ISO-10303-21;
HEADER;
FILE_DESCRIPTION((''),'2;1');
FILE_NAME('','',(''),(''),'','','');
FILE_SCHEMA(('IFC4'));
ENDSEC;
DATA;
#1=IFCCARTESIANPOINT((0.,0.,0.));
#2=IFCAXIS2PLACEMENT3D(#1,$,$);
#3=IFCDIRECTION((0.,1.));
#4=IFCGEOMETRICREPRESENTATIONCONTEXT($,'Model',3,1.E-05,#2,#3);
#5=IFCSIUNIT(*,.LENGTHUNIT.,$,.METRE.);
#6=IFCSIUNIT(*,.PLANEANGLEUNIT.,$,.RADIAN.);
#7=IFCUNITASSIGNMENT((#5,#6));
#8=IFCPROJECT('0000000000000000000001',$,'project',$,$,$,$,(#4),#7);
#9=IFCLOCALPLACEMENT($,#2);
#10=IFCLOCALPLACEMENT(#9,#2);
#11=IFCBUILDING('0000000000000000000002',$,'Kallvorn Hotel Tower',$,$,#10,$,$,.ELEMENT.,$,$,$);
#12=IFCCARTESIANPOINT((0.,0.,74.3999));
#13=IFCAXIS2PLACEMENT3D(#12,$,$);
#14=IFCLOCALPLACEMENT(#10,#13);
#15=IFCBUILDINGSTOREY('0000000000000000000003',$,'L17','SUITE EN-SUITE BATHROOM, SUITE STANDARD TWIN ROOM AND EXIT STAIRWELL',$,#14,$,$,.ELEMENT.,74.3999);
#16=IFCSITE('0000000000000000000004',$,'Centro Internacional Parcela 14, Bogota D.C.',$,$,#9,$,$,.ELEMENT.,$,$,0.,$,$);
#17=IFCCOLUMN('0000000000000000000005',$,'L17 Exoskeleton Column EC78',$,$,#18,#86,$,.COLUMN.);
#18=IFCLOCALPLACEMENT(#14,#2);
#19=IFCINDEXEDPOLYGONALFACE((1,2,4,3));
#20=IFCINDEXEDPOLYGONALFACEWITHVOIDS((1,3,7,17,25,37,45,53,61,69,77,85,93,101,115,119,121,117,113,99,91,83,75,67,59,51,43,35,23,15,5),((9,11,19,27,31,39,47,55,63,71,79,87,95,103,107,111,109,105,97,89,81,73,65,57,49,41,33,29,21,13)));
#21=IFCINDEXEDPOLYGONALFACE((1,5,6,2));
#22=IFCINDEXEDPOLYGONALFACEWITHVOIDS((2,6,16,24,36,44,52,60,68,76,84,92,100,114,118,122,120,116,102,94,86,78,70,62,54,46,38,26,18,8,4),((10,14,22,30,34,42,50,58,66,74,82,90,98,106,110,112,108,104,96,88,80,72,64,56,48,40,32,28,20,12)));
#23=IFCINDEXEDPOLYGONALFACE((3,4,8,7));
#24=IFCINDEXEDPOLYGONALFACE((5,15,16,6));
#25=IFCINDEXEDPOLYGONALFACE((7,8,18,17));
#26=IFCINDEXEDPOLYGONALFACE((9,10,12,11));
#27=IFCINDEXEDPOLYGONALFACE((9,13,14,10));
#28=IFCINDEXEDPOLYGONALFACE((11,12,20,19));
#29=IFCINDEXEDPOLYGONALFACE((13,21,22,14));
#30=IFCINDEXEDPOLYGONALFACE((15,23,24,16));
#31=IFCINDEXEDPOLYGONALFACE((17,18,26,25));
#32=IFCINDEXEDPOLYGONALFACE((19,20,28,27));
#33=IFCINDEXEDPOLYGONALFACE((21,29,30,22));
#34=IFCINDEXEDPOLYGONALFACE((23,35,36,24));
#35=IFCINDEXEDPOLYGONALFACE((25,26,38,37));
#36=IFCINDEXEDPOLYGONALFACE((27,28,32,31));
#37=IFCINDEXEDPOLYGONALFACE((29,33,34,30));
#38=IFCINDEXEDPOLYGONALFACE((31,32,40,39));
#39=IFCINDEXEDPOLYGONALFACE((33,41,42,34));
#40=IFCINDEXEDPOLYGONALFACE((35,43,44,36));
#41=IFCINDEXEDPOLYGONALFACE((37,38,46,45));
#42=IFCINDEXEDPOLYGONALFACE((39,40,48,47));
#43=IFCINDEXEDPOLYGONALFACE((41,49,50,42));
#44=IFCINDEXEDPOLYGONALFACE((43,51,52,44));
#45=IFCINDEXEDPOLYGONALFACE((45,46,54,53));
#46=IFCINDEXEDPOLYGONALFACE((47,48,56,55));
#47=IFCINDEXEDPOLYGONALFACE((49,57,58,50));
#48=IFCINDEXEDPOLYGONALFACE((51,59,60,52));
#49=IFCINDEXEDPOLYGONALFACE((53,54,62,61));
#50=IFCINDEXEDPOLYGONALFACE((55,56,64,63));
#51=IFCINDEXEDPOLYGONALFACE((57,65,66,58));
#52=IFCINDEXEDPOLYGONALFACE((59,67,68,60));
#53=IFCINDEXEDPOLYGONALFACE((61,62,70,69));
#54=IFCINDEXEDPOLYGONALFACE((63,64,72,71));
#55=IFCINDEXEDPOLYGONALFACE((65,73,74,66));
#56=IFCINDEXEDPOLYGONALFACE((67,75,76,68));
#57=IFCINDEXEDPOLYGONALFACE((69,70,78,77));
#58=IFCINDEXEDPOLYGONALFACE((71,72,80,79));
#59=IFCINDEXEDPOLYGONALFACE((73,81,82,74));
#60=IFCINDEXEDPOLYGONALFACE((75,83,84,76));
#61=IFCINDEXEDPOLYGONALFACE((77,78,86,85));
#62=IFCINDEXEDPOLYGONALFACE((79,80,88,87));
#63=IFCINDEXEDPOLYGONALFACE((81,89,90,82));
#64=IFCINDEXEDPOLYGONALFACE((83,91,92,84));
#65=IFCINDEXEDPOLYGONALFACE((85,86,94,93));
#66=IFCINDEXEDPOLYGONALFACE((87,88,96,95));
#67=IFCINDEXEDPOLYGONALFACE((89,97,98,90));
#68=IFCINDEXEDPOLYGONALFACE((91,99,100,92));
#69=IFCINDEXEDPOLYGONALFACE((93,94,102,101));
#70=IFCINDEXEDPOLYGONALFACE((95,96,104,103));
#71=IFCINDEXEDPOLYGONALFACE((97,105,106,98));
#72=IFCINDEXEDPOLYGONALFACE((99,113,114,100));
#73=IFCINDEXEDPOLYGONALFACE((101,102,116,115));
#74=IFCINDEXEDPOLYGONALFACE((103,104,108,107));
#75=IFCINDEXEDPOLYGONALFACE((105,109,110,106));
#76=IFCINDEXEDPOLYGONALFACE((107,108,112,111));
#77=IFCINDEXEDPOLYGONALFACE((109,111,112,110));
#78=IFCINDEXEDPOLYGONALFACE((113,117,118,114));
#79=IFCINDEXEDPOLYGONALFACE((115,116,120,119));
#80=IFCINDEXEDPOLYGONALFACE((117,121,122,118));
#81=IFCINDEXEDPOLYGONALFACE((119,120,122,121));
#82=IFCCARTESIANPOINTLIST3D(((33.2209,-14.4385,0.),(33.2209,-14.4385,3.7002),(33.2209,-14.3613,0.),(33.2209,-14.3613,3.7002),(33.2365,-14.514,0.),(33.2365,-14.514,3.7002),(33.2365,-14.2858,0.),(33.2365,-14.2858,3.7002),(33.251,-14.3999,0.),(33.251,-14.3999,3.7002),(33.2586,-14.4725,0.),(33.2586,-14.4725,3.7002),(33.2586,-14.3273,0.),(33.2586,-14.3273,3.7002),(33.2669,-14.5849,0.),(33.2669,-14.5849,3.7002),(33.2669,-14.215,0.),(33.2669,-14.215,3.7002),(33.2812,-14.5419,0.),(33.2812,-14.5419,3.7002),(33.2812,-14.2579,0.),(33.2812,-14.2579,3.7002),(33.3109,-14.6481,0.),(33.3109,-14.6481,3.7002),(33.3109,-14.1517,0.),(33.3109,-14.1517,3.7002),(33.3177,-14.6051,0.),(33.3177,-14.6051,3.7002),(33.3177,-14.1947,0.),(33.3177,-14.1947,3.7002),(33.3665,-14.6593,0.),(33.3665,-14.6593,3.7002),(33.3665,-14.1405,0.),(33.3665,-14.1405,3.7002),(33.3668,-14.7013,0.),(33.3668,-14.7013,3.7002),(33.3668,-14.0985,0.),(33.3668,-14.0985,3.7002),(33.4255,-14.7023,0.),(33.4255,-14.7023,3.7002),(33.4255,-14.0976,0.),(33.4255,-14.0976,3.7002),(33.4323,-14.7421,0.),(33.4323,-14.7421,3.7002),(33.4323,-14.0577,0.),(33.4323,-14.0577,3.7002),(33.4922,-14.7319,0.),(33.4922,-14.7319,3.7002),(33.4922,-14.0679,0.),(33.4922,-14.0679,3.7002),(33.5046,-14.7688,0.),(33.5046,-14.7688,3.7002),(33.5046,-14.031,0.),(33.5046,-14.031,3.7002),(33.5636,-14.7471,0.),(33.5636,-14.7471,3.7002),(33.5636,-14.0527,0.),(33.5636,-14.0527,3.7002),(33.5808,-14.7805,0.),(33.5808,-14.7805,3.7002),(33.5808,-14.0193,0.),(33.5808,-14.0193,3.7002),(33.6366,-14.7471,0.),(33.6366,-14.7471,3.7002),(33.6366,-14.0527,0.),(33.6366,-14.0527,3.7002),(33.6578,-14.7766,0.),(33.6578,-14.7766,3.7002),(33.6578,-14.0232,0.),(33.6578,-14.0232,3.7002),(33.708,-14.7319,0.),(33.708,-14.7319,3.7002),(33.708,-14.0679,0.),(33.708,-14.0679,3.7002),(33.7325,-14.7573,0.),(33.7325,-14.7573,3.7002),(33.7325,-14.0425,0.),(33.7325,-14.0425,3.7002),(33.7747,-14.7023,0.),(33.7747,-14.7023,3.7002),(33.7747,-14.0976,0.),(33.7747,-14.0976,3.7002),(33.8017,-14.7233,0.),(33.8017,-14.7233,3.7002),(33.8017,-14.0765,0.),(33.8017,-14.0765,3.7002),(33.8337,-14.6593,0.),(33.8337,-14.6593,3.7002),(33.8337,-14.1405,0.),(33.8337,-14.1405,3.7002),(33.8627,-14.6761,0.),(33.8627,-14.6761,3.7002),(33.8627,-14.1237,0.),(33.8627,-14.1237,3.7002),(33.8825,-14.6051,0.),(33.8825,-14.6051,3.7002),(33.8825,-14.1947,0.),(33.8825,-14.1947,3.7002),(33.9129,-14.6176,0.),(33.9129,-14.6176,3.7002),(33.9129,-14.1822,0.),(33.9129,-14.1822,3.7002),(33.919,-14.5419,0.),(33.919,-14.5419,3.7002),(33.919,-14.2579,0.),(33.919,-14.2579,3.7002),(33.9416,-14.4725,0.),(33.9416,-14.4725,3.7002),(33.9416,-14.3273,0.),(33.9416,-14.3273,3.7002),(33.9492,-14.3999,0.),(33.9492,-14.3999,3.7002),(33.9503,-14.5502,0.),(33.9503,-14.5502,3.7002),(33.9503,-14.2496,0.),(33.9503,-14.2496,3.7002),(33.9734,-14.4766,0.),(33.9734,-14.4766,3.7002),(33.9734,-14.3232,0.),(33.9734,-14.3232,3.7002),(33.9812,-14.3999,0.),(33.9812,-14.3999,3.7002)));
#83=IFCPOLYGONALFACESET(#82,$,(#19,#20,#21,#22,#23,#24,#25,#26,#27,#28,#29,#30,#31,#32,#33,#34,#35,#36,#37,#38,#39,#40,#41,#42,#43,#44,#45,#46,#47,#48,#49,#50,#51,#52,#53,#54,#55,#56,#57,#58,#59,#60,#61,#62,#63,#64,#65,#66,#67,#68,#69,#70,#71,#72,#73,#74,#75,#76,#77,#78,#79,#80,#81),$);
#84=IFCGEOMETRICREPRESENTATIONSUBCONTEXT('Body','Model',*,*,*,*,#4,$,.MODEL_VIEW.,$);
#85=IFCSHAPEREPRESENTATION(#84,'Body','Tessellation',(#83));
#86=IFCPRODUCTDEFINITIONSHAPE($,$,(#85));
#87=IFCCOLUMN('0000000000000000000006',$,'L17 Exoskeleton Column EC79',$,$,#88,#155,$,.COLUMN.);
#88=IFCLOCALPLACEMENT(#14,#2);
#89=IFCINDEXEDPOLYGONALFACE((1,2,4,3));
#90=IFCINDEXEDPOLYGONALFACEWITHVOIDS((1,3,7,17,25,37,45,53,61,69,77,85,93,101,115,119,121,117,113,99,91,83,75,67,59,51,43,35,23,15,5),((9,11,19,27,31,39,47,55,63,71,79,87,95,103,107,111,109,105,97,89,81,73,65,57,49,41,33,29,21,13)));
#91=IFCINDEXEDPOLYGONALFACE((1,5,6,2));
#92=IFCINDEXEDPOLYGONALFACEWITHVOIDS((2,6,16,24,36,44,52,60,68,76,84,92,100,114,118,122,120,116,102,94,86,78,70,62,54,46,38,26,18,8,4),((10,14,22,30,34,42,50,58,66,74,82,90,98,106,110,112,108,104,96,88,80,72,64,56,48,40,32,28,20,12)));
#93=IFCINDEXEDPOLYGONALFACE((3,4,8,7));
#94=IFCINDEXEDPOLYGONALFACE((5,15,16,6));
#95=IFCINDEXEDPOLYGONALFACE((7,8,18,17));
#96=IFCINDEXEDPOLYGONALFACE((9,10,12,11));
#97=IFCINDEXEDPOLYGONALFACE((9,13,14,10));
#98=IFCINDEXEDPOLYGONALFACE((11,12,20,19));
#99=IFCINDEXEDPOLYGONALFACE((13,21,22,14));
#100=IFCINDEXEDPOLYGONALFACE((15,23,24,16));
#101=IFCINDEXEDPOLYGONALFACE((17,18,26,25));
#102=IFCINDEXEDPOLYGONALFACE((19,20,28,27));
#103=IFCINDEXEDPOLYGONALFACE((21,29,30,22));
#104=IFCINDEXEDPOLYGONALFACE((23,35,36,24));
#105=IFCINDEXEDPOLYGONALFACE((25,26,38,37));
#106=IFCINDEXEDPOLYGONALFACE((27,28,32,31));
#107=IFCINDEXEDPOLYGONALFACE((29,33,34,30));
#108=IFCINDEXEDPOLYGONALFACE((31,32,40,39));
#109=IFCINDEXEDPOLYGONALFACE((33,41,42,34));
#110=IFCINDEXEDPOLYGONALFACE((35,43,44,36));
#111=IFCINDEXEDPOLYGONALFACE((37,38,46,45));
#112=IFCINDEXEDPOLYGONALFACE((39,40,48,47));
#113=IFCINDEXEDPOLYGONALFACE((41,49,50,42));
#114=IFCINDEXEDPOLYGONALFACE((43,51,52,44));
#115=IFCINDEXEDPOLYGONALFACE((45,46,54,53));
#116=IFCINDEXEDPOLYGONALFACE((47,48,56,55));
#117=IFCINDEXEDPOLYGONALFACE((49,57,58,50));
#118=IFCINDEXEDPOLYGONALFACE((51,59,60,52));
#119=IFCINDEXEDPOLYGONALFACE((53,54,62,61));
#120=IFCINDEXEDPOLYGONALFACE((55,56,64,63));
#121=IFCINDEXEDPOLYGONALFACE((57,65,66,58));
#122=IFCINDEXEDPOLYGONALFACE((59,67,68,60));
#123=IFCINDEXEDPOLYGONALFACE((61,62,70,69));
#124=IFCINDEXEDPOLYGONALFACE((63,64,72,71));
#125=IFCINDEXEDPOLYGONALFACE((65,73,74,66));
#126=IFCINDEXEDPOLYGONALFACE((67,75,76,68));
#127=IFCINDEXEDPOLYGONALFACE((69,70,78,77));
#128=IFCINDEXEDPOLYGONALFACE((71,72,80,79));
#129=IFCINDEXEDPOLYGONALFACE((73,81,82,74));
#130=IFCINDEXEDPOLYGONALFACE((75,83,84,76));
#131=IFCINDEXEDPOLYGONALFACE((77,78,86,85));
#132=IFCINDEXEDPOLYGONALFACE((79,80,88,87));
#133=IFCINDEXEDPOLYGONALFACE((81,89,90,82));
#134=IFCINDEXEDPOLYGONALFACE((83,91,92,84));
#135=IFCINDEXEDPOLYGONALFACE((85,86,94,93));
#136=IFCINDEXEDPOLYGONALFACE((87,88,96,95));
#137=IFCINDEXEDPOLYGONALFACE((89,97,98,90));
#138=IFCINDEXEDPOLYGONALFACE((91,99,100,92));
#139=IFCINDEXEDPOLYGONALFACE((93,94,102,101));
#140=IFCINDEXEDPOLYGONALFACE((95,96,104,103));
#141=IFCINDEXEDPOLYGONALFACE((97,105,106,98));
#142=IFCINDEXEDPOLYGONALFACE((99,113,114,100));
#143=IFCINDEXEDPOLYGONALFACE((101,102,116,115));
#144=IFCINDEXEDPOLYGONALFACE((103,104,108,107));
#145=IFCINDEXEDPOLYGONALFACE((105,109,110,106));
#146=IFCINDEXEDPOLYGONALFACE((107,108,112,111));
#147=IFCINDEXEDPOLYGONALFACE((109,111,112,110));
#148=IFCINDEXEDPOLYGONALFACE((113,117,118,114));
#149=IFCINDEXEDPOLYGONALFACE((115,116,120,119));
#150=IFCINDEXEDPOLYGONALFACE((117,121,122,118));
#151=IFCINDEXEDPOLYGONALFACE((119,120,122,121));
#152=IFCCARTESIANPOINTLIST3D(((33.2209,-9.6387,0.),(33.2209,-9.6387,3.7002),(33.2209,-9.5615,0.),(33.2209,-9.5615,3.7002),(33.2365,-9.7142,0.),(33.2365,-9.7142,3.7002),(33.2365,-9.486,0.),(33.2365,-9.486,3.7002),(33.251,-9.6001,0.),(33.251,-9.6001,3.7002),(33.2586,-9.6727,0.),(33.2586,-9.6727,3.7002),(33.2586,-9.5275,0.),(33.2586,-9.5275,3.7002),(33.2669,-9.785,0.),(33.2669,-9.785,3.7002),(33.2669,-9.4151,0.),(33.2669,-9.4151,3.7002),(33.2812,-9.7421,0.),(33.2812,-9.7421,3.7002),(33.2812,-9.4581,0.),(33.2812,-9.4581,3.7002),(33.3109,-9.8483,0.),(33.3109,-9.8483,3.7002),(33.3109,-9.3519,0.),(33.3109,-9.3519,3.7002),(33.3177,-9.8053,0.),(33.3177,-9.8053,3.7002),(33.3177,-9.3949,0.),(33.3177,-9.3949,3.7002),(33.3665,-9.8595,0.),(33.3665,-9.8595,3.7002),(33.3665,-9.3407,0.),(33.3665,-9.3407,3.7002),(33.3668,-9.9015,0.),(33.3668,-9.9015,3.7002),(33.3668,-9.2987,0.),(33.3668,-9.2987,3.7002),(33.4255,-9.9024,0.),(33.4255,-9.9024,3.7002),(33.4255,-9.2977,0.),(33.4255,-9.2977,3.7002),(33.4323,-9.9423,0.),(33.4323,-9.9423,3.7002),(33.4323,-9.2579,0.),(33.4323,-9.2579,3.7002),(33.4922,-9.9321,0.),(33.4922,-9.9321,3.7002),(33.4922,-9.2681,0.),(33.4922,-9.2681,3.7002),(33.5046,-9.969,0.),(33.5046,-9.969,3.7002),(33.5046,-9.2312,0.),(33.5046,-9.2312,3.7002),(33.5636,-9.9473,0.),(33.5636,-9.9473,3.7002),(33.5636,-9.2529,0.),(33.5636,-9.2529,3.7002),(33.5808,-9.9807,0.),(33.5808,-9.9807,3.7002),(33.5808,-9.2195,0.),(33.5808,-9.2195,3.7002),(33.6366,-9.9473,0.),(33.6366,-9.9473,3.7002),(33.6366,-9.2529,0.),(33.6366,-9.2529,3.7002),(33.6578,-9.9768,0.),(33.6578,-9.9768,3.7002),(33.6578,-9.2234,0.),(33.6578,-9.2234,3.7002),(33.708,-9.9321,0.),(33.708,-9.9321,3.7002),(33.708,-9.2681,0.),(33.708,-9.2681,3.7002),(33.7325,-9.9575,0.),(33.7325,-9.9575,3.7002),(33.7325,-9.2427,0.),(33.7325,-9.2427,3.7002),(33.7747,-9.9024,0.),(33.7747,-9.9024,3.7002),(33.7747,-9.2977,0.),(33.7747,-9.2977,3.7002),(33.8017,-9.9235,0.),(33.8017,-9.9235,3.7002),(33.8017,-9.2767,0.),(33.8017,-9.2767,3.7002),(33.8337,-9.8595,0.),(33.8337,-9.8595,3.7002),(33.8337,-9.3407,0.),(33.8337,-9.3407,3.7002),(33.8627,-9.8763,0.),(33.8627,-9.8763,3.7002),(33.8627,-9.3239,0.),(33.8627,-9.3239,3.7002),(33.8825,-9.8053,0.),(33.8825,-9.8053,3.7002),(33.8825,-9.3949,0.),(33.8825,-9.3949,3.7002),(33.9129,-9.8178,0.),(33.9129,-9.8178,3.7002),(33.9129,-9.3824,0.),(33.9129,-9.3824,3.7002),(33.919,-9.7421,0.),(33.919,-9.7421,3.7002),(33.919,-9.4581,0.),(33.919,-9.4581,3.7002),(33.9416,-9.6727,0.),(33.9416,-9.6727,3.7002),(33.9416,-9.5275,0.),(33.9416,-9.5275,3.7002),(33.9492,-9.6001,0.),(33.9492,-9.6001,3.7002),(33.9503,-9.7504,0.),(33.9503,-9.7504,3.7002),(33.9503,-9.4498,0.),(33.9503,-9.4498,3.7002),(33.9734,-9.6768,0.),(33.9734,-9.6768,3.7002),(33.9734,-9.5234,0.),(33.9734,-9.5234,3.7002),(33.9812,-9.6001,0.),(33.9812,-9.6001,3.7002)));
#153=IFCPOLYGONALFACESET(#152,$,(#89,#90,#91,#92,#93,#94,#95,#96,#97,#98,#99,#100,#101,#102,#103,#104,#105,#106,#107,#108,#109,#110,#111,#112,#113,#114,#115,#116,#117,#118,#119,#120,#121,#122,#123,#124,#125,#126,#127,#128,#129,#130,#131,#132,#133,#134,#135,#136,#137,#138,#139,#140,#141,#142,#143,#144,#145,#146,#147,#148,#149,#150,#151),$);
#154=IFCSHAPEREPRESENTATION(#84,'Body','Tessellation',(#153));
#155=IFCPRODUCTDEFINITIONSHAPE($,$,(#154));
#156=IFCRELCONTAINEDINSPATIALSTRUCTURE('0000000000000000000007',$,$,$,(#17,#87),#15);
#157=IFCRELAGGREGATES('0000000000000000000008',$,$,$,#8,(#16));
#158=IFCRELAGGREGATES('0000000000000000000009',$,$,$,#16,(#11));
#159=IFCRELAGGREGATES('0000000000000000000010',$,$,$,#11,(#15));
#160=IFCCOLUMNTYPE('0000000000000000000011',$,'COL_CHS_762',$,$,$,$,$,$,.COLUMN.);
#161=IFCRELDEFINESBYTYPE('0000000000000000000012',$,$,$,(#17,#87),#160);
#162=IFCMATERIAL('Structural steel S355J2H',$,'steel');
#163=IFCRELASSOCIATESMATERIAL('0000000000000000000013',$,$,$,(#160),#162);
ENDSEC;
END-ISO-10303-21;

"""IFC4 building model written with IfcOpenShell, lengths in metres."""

from ifc_helpers import new_model, si_unit, direction, frame, origin, origin_2d, place, context, subcontext, project, spatial, hollow_circle, extrude, material, material_profile, profile_set, type_object, element, save


model = new_model("IFC4")

# Units and contexts
model_context = context("Model", 3, precision=1e-05, world=origin(), true_north=direction((0.0, 1.0)))
body_context = subcontext(model_context, "Body", "Model", "MODEL_VIEW")
ifc_project = project(units=[si_unit("LENGTHUNIT", "METRE"), si_unit("PLANEANGLEUNIT", "RADIAN")], contexts=[model_context])

# Site, building, storey
site_placement = place(None, origin())
site = spatial("IfcSite", under=ifc_project, at=site_placement, Name="Centro Internacional Parcela 14, Bogota D.C.", CompositionType="ELEMENT", RefElevation=0.0)
building_placement = place(site_placement, origin())
building = spatial("IfcBuilding", under=site, at=building_placement, Name="Kallvorn Hotel Tower", CompositionType="ELEMENT")
storey_placement = place(building_placement, frame((0.0, 0.0, 74.3999)))
storey = spatial("IfcBuildingStorey", under=building, at=storey_placement, Name="L17", Description="SUITE EN-SUITE BATHROOM, SUITE STANDARD TWIN ROOM AND EXIT STAIRWELL", CompositionType="ELEMENT", Elevation=74.3999)

# Columns
ifc_material_1 = material(Name="Structural steel S355J2H", Category="steel")
ifc_material_profile_1 = material_profile(ifc_material_1, hollow_circle(Radius=0.3811, WallThickness=0.032, at=origin_2d()), Name="CHS 762x32")
ifc_profile_set_1 = profile_set([ifc_material_profile_1], Name="Structural steel S355J2H")
column_type_1 = type_object("IfcColumnType", Name="COL_CHS_762", PredefinedType="COLUMN", material=ifc_profile_set_1)
for number, where, z_axis, x_axis, name in (
    (1, (33.6001, -14.3999, 0.0), (0.0, 0.0, 1.0), (1.0, 0.0, 0.0), "L17 Exoskeleton Column EC78"),
    (2, (33.6001, -9.6001, 0.0), (0.0, 0.0, 1.0), (1.0, 0.0, 0.0), "L17 Exoskeleton Column EC79"),
):
    element("IfcColumn", number, at=place(storey_placement, frame(where, z_axis=z_axis, x_axis=x_axis)), inside=storey, type_object=column_type_1, Name=name, PredefinedType="COLUMN", context=body_context, shape_type="SweptSolid", body=[
        extrude(hollow_circle(Radius=0.3811, WallThickness=0.032, at=origin_2d()), origin(), (0.0, 0.0, 1.0), 3.7002),
    ])

save(model, "model.ifc")
